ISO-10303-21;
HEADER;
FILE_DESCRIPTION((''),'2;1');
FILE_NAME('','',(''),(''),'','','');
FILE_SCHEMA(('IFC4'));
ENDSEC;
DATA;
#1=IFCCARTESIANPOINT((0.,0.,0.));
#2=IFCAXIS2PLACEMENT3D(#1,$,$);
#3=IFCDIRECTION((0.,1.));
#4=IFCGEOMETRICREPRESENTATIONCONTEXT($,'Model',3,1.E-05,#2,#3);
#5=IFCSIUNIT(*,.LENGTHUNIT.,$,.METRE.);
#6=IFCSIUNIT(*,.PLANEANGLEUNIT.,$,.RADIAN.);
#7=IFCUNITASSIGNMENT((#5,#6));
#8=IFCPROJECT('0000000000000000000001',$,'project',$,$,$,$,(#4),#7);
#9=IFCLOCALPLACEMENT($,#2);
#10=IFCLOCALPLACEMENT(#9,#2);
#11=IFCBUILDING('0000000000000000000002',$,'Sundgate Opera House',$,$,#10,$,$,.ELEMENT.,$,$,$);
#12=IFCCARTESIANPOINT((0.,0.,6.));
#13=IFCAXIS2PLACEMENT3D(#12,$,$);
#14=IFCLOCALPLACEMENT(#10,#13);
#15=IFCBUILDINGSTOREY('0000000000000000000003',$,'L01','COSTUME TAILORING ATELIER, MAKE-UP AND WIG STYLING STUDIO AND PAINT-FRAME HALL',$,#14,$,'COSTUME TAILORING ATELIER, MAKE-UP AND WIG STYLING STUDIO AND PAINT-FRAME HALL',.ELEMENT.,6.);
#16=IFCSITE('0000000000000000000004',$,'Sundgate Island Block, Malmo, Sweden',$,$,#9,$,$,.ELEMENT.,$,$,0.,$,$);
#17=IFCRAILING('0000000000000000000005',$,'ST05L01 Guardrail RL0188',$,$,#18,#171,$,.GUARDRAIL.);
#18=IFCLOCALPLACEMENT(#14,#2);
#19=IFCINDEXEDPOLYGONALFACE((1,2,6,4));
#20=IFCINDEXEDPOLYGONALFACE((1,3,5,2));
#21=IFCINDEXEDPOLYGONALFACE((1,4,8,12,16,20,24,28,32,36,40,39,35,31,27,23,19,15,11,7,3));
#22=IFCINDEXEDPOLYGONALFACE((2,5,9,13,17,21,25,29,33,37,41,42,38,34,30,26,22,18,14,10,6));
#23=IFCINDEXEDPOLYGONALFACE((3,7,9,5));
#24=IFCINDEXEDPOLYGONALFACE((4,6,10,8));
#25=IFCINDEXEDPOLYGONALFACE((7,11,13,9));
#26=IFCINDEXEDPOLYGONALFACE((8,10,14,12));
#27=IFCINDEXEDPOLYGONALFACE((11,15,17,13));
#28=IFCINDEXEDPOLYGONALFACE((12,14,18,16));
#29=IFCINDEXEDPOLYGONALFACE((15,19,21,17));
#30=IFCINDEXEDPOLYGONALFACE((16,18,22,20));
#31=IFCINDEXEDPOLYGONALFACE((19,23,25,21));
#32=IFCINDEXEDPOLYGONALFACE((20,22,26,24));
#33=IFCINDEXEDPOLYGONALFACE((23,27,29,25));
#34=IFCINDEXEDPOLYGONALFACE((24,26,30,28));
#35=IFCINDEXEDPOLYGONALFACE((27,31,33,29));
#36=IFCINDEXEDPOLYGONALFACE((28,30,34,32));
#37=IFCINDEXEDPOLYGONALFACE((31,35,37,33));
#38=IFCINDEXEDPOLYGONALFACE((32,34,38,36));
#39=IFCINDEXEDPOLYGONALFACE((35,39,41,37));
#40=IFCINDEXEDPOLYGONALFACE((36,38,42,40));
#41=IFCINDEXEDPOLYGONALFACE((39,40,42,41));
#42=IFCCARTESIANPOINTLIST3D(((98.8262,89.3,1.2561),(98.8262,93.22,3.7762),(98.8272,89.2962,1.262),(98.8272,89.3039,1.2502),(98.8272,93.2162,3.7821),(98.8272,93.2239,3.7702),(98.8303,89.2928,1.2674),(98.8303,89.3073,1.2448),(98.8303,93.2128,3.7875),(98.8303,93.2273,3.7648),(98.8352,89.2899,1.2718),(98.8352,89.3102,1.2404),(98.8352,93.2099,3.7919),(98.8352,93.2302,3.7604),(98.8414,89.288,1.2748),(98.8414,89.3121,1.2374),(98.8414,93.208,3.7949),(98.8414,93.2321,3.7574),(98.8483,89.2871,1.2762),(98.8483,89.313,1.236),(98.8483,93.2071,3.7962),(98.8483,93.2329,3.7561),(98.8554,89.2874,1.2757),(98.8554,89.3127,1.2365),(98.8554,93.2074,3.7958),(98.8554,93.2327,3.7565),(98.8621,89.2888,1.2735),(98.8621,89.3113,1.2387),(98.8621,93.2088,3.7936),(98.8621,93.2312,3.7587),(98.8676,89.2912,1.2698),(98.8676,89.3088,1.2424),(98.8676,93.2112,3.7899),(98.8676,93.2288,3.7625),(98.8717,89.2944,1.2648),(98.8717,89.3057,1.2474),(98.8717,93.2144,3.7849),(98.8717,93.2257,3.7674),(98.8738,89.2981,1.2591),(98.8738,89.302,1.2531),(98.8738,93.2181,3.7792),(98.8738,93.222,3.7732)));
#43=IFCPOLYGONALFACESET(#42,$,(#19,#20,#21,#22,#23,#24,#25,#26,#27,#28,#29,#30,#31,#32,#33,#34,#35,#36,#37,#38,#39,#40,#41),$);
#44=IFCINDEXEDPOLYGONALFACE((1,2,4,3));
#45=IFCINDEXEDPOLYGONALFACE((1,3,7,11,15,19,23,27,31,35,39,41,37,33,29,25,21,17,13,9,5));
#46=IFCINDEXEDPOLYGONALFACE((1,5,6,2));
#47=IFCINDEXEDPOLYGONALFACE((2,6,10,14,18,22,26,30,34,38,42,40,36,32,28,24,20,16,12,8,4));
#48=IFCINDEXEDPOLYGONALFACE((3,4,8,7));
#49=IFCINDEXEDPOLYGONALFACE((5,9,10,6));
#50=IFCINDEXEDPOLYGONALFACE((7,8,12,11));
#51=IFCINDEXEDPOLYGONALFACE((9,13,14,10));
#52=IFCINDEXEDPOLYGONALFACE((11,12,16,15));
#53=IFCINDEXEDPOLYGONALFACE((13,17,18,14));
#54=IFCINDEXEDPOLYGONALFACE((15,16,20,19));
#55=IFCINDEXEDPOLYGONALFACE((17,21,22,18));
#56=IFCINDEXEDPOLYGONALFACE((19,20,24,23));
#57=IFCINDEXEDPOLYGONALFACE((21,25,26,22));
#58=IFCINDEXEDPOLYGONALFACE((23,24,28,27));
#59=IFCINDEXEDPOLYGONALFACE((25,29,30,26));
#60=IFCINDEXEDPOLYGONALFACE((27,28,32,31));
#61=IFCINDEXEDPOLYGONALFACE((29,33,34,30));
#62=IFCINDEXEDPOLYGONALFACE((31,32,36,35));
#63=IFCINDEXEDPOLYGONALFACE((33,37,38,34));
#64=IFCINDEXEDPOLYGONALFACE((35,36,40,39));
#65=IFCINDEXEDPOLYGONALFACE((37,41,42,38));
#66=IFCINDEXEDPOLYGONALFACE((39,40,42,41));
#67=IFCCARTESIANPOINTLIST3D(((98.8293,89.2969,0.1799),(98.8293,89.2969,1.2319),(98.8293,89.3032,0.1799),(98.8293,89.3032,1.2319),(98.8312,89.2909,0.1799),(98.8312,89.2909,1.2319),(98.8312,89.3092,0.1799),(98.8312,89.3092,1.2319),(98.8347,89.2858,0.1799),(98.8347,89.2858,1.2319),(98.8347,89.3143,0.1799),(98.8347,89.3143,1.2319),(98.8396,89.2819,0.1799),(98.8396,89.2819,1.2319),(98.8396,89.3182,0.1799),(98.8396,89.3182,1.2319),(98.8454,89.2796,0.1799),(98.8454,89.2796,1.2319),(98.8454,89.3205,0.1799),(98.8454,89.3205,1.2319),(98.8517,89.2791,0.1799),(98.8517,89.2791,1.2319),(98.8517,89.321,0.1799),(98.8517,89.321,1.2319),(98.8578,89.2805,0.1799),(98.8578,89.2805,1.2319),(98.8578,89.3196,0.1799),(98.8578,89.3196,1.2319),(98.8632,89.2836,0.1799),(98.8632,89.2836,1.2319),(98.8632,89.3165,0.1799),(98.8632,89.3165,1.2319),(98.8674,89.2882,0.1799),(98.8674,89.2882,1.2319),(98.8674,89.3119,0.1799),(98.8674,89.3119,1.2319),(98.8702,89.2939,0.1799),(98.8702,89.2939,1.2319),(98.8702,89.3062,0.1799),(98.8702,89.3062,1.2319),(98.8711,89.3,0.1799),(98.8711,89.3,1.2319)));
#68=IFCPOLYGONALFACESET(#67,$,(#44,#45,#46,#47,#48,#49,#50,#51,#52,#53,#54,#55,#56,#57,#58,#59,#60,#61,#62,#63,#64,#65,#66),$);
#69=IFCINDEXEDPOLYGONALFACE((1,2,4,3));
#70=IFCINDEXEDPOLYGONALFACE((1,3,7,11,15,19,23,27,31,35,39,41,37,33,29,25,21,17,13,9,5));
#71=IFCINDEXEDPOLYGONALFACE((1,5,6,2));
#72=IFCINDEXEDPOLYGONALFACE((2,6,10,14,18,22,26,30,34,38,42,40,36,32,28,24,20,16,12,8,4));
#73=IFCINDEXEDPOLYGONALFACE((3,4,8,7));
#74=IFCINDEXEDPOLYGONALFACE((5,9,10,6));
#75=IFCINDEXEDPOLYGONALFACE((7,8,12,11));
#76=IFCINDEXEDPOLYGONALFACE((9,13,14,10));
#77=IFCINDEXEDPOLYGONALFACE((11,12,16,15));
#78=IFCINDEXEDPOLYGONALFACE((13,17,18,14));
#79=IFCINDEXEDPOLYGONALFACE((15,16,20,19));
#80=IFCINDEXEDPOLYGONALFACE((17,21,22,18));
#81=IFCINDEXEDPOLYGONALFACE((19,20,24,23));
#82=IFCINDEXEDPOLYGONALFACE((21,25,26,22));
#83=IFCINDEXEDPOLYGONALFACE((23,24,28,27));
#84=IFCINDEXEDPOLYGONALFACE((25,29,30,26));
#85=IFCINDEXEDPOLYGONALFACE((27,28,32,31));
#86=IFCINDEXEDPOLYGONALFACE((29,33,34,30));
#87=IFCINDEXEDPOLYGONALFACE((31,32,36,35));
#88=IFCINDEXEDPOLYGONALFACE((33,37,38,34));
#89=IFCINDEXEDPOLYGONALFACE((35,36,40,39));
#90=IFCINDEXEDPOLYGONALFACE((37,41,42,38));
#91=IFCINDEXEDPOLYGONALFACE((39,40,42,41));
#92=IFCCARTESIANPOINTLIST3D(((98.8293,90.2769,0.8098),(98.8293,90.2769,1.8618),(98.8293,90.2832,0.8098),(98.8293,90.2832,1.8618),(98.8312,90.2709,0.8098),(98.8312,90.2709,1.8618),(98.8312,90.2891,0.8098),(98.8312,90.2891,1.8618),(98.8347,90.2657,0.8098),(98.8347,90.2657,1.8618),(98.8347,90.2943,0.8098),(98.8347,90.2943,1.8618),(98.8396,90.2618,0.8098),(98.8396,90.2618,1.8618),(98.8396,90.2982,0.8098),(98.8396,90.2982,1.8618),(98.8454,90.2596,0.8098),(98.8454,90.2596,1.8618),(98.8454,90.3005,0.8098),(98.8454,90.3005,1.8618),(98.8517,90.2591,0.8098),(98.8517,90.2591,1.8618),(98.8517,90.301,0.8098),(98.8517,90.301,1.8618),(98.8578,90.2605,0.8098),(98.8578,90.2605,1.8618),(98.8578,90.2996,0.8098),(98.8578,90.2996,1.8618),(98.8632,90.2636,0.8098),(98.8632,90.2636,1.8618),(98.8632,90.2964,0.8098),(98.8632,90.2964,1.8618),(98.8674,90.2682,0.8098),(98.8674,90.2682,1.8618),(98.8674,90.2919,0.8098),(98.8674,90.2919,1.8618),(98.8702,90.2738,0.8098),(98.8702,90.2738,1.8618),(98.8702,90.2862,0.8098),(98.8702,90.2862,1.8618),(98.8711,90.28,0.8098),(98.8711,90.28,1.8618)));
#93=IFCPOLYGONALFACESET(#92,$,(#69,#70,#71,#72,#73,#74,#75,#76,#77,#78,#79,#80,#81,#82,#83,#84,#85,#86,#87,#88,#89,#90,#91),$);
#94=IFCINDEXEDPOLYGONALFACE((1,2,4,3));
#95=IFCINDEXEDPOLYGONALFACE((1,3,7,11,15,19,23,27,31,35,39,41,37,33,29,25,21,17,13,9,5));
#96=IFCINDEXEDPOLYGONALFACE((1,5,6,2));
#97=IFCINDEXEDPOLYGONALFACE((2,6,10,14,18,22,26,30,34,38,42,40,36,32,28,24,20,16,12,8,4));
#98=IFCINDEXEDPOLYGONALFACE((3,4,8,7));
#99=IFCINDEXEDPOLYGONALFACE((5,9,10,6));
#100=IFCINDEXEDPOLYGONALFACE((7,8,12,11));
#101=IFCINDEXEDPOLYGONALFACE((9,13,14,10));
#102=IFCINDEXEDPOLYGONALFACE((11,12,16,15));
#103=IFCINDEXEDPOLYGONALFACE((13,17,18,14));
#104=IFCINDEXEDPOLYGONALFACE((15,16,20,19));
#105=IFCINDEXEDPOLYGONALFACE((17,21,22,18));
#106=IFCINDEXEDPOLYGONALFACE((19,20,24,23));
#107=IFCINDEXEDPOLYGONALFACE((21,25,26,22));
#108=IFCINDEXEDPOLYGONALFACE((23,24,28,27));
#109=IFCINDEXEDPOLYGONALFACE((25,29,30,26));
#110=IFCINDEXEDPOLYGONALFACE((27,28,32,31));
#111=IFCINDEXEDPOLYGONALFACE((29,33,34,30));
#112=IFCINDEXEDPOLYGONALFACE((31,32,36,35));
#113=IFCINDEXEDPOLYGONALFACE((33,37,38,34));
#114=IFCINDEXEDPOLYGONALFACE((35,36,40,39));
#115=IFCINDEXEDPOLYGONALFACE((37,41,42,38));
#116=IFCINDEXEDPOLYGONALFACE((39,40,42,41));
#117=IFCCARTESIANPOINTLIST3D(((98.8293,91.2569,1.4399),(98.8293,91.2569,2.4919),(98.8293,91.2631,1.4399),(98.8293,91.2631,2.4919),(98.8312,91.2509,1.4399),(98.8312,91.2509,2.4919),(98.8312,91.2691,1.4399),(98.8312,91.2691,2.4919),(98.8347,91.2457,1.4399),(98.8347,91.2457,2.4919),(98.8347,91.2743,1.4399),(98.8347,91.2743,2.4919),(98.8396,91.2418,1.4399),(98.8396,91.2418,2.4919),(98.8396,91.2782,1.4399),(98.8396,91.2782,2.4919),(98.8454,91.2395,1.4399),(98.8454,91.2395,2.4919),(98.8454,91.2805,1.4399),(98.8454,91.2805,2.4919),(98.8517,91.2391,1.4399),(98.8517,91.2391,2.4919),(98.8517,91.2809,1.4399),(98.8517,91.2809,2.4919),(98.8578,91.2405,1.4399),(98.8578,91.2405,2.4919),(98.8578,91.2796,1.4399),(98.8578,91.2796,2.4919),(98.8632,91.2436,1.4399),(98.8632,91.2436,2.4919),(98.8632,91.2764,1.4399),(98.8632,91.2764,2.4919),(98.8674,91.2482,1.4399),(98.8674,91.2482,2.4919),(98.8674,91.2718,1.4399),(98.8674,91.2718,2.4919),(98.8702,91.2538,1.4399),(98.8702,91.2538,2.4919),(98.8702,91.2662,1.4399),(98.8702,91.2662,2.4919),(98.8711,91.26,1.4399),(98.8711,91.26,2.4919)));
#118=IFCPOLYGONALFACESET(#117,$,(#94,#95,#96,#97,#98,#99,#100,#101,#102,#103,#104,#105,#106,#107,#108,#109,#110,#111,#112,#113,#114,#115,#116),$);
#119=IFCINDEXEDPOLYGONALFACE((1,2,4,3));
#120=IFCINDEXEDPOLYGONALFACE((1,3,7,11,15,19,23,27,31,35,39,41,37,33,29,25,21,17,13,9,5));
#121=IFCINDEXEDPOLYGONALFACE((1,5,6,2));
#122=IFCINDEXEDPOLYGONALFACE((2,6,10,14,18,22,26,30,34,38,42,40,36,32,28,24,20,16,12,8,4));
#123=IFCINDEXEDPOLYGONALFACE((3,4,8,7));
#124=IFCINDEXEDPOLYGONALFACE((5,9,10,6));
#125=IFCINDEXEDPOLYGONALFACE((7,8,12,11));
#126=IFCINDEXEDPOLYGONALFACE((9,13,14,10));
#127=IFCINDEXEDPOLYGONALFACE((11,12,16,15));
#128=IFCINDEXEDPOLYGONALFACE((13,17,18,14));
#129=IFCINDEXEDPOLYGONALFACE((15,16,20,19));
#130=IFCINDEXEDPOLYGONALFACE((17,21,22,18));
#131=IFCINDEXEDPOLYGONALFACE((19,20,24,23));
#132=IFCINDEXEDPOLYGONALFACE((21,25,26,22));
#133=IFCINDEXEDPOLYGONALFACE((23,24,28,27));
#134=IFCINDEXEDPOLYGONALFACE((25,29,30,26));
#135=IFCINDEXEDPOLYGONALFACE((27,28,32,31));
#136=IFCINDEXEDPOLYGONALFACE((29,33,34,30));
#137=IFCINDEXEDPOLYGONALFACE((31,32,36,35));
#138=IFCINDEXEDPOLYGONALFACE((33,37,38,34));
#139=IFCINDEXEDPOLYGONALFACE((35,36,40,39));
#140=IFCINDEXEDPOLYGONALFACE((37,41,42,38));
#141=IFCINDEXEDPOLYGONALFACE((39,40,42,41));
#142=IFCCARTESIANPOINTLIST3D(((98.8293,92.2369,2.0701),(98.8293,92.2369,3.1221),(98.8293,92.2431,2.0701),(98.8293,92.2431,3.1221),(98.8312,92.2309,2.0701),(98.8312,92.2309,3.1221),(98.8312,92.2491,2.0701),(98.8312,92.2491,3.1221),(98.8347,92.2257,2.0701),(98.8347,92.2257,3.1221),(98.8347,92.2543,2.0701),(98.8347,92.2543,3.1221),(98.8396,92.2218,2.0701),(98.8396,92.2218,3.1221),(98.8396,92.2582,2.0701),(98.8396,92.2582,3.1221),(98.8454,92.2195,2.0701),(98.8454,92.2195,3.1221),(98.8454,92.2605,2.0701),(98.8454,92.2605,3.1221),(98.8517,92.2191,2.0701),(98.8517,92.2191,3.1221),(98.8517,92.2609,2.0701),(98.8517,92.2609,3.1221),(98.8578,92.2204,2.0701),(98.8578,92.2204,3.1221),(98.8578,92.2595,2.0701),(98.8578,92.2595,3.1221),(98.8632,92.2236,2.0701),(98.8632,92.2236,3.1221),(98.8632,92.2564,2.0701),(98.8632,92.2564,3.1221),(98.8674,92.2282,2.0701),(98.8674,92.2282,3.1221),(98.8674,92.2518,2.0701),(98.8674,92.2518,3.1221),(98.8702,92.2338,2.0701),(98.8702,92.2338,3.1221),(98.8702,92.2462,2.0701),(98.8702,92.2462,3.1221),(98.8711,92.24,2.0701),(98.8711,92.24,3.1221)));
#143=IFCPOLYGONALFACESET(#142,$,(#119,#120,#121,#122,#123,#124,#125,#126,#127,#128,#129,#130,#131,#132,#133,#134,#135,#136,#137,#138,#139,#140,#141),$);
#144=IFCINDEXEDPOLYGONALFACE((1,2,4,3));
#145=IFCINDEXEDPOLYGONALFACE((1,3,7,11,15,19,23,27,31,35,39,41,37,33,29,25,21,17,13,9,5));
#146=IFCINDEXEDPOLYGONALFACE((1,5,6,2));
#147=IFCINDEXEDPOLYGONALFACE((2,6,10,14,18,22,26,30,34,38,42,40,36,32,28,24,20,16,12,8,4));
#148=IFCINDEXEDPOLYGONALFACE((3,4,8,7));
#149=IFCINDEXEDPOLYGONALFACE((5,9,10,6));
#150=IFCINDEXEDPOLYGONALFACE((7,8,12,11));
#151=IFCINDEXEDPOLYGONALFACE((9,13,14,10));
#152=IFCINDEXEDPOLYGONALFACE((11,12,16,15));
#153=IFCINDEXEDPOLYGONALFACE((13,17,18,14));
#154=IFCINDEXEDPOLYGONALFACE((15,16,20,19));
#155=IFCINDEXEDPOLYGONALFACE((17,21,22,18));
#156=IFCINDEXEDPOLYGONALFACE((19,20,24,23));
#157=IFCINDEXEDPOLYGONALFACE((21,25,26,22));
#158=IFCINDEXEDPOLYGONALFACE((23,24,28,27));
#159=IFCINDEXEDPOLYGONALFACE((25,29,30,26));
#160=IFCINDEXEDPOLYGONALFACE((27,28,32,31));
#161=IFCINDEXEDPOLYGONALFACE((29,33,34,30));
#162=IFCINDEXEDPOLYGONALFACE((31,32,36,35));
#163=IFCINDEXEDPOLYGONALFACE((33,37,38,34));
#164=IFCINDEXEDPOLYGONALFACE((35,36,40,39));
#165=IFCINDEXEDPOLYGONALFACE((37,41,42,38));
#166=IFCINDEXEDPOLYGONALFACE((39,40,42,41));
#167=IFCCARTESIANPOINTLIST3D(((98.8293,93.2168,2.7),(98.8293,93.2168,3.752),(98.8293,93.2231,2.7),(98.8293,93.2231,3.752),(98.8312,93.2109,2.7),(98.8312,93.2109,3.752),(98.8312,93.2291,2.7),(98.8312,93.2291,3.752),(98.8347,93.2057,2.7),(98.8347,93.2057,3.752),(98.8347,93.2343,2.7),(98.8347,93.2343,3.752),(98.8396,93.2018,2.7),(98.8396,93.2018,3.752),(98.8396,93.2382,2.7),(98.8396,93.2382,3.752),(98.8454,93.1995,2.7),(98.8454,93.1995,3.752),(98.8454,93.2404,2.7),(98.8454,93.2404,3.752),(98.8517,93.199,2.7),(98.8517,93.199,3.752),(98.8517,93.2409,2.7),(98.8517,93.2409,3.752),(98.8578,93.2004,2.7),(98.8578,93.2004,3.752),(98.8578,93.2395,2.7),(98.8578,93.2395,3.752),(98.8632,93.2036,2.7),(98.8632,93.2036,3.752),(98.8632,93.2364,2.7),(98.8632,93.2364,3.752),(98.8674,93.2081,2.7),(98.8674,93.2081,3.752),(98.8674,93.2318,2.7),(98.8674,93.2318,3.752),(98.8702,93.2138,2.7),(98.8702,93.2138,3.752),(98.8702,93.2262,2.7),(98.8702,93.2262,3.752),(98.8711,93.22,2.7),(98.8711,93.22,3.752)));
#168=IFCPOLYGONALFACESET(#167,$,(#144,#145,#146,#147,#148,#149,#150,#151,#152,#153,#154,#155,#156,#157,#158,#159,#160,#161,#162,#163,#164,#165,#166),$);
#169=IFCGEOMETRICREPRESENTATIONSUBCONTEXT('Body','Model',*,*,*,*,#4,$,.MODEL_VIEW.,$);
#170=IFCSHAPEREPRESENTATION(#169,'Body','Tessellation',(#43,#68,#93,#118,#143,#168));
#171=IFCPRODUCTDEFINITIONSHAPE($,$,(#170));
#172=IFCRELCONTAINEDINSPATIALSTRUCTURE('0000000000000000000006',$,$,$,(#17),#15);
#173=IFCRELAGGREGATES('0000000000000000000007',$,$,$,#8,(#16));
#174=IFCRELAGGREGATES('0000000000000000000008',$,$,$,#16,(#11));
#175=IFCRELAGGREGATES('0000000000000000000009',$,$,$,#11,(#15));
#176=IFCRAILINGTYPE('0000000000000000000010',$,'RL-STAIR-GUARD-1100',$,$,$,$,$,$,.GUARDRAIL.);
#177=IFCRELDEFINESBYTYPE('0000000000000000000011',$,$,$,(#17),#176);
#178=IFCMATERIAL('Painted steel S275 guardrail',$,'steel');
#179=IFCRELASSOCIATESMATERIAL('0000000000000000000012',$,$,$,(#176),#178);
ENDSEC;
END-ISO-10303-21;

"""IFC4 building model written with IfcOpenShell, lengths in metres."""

from ifc_helpers import new_model, si_unit, direction, frame, origin, origin_2d, place, context, subcontext, project, spatial, circle, extrude, material, type_object, element, save


model = new_model("IFC4")

# Units and contexts
model_context = context("Model", 3, precision=1e-05, world=origin(), true_north=direction((0.0, 1.0)))
body_context = subcontext(model_context, "Body", "Model", "MODEL_VIEW")
ifc_project = project(units=[si_unit("LENGTHUNIT", "METRE"), si_unit("PLANEANGLEUNIT", "RADIAN")], contexts=[model_context])

# Site, building, storey
site_placement = place(None, origin())
site = spatial("IfcSite", under=ifc_project, at=site_placement, Name="Sundgate Island Block, Malmo, Sweden", CompositionType="ELEMENT", RefElevation=0.0)
building_placement = place(site_placement, origin())
building = spatial("IfcBuilding", under=site, at=building_placement, Name="Sundgate Opera House", CompositionType="ELEMENT")
storey_placement = place(building_placement, frame((0.0, 0.0, 6.0)))
storey = spatial("IfcBuildingStorey", under=building, at=storey_placement, Name="L01", Description="COSTUME TAILORING ATELIER, MAKE-UP AND WIG STYLING STUDIO AND PAINT-FRAME HALL", LongName="COSTUME TAILORING ATELIER, MAKE-UP AND WIG STYLING STUDIO AND PAINT-FRAME HALL", CompositionType="ELEMENT", Elevation=6.0)

# Railing
ifc_material_1 = material(Name="Painted steel S275 guardrail", Category="steel")
railing_type_1 = type_object("IfcRailingType", Name="RL-STAIR-GUARD-1100", PredefinedType="GUARDRAIL", material=ifc_material_1)
railing_1_placement = place(storey_placement, frame((98.8501, 89.3, 0.1799)))
element("IfcRailing", 1, at=railing_1_placement, inside=storey, type_object=railing_type_1, Name="ST05L01 Guardrail RL0188", PredefinedType="GUARDRAIL", context=body_context, shape_type="SweptSolid", body=[
    extrude(circle(Radius=0.0239, at=origin_2d()), frame((0.0, 0.0, 1.0762), z_axis=(0.0, 0.841172, 0.540768), x_axis=(-1.0, 0.0, 0.0)), (0.0, 0.0, 1.0), 4.6602),
    extrude(circle(Radius=0.021, at=origin_2d()), origin(), (0.0, 0.0, 1.0), 1.052),
    extrude(circle(Radius=0.021, at=origin_2d()), frame((0.0, 0.98, 0.6299)), (0.0, 0.0, 1.0), 1.052),
    extrude(circle(Radius=0.021, at=origin_2d()), frame((0.0, 1.96, 1.26)), (0.0, 0.0, 1.0), 1.052),
    extrude(circle(Radius=0.021, at=origin_2d()), frame((0.0, 2.9399, 1.8901)), (0.0, 0.0, 1.0), 1.052),
    extrude(circle(Radius=0.021, at=origin_2d()), frame((0.0, 3.9199, 2.52)), (0.0, 0.0, 1.0), 1.052),
])

save(model, "model.ifc")
